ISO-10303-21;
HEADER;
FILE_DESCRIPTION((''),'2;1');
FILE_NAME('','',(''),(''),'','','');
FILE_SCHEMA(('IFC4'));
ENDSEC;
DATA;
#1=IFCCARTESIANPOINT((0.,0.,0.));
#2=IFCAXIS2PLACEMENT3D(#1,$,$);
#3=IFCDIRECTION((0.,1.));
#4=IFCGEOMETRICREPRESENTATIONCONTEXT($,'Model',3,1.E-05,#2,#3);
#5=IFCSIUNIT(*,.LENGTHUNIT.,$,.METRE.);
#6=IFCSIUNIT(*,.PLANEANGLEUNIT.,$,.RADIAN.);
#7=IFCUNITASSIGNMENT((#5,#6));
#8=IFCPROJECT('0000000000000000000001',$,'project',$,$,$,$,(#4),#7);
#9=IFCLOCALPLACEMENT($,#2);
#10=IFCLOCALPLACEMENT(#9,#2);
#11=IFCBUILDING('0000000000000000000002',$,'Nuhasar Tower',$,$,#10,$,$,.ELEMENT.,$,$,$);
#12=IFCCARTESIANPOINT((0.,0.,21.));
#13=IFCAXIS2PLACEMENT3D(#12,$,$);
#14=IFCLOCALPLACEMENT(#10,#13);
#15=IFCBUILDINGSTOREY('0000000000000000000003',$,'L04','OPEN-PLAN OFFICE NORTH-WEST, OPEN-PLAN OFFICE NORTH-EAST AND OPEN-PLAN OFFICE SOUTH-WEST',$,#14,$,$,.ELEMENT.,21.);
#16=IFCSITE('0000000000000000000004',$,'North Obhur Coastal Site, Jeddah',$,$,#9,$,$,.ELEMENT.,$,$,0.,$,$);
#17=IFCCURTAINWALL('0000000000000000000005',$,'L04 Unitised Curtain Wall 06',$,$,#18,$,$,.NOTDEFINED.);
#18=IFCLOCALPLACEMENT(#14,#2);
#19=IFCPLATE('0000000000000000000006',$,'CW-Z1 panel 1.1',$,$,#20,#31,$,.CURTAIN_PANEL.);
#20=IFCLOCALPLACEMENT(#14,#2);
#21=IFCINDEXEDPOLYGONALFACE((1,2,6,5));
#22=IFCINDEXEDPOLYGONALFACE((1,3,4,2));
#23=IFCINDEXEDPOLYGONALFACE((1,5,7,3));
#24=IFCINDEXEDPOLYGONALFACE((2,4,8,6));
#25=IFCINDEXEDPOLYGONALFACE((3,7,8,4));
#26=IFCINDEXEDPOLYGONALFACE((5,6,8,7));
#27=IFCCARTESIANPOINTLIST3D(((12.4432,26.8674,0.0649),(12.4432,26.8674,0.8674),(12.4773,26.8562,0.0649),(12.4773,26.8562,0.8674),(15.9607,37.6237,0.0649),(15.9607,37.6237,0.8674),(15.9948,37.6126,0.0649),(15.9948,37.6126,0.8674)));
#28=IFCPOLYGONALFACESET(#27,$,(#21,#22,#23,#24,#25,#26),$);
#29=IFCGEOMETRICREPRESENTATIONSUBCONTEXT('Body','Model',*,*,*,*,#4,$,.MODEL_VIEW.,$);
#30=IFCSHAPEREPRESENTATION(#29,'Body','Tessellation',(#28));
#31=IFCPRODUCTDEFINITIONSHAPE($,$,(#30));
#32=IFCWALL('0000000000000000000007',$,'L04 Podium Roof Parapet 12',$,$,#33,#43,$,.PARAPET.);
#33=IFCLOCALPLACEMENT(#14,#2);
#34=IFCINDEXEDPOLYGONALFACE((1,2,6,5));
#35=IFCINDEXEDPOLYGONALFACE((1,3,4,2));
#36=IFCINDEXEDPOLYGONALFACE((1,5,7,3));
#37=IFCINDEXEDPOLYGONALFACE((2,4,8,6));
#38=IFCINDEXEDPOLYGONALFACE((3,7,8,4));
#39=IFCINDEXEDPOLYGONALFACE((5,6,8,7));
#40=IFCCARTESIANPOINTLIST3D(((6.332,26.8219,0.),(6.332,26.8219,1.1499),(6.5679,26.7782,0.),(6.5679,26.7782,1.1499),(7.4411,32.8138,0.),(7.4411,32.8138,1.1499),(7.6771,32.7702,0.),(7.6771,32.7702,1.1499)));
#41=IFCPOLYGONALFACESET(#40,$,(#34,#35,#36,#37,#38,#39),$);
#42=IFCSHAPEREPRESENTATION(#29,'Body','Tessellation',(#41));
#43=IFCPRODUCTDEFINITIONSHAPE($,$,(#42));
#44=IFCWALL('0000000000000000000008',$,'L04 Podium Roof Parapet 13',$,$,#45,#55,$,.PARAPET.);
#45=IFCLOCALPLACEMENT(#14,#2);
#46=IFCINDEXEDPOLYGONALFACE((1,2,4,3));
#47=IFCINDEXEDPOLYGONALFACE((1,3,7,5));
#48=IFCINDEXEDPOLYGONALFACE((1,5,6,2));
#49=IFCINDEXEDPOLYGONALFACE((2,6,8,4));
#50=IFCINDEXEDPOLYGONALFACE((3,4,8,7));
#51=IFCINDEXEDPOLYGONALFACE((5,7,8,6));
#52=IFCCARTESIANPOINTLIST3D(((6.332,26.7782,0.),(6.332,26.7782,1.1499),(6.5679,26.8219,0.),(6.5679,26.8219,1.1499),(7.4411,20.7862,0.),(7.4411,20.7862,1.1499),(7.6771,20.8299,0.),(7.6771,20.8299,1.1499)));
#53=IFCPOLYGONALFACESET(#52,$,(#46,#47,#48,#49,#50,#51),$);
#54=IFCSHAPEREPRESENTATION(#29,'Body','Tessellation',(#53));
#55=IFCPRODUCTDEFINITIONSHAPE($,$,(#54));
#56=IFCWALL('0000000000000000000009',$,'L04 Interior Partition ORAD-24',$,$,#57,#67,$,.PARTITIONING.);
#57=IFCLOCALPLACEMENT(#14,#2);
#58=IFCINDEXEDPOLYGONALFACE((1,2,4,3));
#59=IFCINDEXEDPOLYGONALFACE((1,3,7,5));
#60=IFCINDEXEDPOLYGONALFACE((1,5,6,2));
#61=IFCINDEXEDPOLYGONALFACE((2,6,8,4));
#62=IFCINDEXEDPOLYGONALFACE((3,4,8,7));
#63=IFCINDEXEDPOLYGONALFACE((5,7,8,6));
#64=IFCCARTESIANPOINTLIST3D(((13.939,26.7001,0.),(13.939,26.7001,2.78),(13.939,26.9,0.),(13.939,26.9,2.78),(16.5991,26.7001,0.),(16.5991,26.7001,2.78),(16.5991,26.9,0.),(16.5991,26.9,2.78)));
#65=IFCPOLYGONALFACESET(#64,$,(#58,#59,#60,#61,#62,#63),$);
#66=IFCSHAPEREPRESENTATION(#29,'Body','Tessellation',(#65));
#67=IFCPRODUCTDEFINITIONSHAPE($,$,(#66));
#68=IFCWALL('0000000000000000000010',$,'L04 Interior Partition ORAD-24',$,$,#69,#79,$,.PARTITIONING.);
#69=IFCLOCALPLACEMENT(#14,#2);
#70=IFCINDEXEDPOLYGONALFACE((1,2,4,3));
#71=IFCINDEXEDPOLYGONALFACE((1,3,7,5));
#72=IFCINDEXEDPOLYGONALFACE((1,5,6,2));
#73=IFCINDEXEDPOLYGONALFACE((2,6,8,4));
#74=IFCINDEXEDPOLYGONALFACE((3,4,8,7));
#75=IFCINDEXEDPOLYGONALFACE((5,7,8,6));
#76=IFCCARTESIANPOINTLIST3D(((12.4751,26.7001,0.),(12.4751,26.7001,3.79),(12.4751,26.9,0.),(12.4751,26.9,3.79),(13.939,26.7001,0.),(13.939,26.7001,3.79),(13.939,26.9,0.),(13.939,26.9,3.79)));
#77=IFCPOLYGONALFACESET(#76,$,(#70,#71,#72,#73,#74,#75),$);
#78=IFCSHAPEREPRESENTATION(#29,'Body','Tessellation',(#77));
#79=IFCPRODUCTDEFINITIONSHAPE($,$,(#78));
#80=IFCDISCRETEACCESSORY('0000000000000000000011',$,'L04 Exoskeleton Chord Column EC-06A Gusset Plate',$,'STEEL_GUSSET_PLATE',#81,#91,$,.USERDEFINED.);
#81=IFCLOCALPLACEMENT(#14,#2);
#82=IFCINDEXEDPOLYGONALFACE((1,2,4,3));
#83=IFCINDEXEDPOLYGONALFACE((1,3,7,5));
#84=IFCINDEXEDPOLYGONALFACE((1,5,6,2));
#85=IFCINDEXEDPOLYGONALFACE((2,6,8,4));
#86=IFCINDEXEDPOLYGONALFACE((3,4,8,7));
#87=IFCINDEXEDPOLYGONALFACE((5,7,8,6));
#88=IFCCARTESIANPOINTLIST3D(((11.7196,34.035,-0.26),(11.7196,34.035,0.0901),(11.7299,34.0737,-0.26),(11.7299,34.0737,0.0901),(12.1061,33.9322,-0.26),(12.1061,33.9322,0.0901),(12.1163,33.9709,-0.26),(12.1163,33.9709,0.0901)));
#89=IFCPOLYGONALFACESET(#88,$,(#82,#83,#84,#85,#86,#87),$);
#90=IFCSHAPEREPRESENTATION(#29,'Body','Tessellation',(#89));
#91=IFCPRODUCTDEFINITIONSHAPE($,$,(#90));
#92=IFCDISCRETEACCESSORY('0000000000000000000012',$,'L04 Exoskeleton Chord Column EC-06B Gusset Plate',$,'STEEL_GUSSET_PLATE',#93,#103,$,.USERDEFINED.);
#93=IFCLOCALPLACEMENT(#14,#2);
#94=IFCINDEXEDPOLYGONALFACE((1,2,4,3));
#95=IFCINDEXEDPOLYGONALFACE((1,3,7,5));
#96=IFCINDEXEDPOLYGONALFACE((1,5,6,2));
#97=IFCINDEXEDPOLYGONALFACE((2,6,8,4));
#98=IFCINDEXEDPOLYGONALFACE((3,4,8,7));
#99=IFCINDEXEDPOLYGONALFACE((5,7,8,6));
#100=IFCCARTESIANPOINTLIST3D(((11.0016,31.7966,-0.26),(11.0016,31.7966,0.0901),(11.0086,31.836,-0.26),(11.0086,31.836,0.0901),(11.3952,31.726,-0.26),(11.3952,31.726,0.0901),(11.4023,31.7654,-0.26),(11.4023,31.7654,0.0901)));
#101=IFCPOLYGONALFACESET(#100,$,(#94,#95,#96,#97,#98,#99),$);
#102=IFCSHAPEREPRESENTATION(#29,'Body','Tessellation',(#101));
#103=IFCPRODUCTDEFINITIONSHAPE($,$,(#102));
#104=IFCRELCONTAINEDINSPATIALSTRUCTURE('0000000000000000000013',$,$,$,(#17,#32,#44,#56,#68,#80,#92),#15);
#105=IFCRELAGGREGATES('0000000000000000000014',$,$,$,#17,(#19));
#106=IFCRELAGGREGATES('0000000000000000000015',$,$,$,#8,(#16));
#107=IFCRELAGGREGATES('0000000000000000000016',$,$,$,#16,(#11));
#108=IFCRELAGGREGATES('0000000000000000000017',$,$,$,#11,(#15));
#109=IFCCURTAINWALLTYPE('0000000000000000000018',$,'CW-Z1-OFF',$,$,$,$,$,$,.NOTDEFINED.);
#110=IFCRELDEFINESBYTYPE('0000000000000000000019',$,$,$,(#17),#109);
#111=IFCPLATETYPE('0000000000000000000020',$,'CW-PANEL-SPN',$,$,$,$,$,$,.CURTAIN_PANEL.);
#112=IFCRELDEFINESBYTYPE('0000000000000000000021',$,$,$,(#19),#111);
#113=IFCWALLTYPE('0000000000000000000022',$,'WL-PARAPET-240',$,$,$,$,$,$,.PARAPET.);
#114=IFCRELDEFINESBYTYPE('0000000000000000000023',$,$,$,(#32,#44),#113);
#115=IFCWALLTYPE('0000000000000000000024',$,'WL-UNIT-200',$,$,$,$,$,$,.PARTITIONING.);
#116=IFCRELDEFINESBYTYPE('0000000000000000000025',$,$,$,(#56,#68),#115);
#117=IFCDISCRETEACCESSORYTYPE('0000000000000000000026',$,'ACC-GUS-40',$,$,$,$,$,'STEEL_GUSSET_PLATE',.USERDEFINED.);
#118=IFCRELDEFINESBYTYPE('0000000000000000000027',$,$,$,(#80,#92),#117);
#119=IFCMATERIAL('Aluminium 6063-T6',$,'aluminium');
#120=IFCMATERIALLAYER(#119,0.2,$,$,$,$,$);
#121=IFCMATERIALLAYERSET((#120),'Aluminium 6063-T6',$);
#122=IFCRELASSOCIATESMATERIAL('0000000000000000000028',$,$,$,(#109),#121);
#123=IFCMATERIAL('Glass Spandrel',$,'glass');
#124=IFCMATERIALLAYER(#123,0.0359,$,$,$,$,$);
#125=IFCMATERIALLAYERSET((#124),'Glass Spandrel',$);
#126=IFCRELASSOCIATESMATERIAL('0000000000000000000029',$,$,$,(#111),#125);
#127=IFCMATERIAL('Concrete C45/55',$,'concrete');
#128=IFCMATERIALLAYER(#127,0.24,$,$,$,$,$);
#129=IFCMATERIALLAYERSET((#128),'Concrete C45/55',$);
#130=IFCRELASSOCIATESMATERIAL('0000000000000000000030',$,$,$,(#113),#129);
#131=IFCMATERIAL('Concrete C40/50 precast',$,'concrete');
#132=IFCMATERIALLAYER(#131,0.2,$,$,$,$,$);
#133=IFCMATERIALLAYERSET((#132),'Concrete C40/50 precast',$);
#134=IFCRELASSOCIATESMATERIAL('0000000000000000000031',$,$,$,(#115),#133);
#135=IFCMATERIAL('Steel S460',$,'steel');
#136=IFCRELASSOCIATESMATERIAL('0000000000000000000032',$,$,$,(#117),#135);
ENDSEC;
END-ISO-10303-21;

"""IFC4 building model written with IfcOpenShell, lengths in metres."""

from ifc_helpers import new_model, si_unit, direction, frame, frame_2d, origin, origin_2d, place, context, subcontext, project, spatial, rectangle, extrude, material, layer, layer_set, type_object, element, aggregate, save


model = new_model("IFC4")

# Units and contexts
model_context = context("Model", 3, precision=1e-05, world=origin(), true_north=direction((0.0, 1.0)))
body_context = subcontext(model_context, "Body", "Model", "MODEL_VIEW")
ifc_project = project(units=[si_unit("LENGTHUNIT", "METRE"), si_unit("PLANEANGLEUNIT", "RADIAN")], contexts=[model_context])

# Site, building, storey
site_placement = place(None, origin())
site = spatial("IfcSite", under=ifc_project, at=site_placement, Name="North Obhur Coastal Site, Jeddah", CompositionType="ELEMENT", RefElevation=0.0)
building_placement = place(site_placement, origin())
building = spatial("IfcBuilding", under=site, at=building_placement, Name="Nuhasar Tower", CompositionType="ELEMENT")
storey_placement = place(building_placement, frame((0.0, 0.0, 21.0)))
storey = spatial("IfcBuildingStorey", under=building, at=storey_placement, Name="L04", Description="OPEN-PLAN OFFICE NORTH-WEST, OPEN-PLAN OFFICE NORTH-EAST AND OPEN-PLAN OFFICE SOUTH-WEST", CompositionType="ELEMENT", Elevation=21.0)

# Shared definitions
ifc_material_1 = material(Name="Steel S460", Category="steel")

# Curtain wall
ifc_material_2 = material(Name="Aluminium 6063-T6", Category="aluminium")
ifc_layer_1 = layer(ifc_material_2, 0.2)
ifc_layer_set_1 = layer_set([ifc_layer_1], Name="Aluminium 6063-T6")
curtain_wall_type = type_object("IfcCurtainWallType", Name="CW-Z1-OFF", PredefinedType="NOTDEFINED", material=ifc_layer_set_1)
curtain_wall_1_placement = place(storey_placement, origin())
curtain_wall_1 = element("IfcCurtainWall", 1, at=curtain_wall_1_placement, inside=storey, type_object=curtain_wall_type, Name="L04 Unitised Curtain Wall 06", PredefinedType="NOTDEFINED")

# Plate
ifc_material_3 = material(Name="Glass Spandrel", Category="glass")
ifc_layer_2 = layer(ifc_material_3, 0.0359)
ifc_layer_set_2 = layer_set([ifc_layer_2], Name="Glass Spandrel")
plate_type_1 = type_object("IfcPlateType", Name="CW-PANEL-SPN", PredefinedType="CURTAIN_PANEL", material=ifc_layer_set_2)
plate_1_placement = place(storey_placement, frame((14.219, 32.24, 0.0649), z_axis=(0.0, 0.0, 1.0), x_axis=(-0.310824, -0.950468, 0.0)))
plate_1 = element("IfcPlate", 2, at=plate_1_placement, type_object=plate_type_1, Name="CW-Z1 panel 1.1", PredefinedType="CURTAIN_PANEL", context=body_context, shape_type="SweptSolid", body=[
    extrude(rectangle(XDim=11.3169, YDim=0.0359, at=origin_2d()), origin(), (0.0, 0.0, 1.0), 0.8025),
])
aggregate(curtain_wall_1, [plate_1])

# Walls
ifc_material_4 = material(Name="Concrete C45/55", Category="concrete")
ifc_layer_3 = layer(ifc_material_4, 0.24)
ifc_layer_set_3 = layer_set([ifc_layer_3], Name="Concrete C45/55")
wall_type_1 = type_object("IfcWallType", Name="WL-PARAPET-240", PredefinedType="PARAPET", material=ifc_layer_set_3)
for number, where, z_axis, x_axis, name in (
    (3, (7.5591, 32.792, 0.0), (0.0, 0.0, 1.0), (-0.182012, -0.983296, 0.0), "L04 Podium Roof Parapet 12"),
    (4, (6.45, 26.8, 0.0), (0.0, 0.0, 1.0), (0.182012, -0.983296, 0.0), "L04 Podium Roof Parapet 13"),
):
    element("IfcWall", number, at=place(storey_placement, frame(where, z_axis=z_axis, x_axis=x_axis)), inside=storey, type_object=wall_type_1, Name=name, PredefinedType="PARAPET", context=body_context, shape_type="SweptSolid", body=[
        extrude(rectangle(XDim=6.0938, YDim=0.24, at=frame_2d((3.0469, 0.0))), origin(), (0.0, 0.0, 1.0), 1.1499),
    ])
ifc_material_5 = material(Name="Concrete C40/50 precast", Category="concrete")
ifc_layer_4 = layer(ifc_material_5, 0.2)
ifc_layer_set_4 = layer_set([ifc_layer_4], Name="Concrete C40/50 precast")
wall_type_2 = type_object("IfcWallType", Name="WL-UNIT-200", PredefinedType="PARTITIONING", material=ifc_layer_set_4)
wall_1_placement = place(storey_placement, frame((16.5991, 26.8, 0.0), z_axis=(0.0, 0.0, 1.0), x_axis=(-1.0, 0.0, 0.0)))
element("IfcWall", 5, at=wall_1_placement, inside=storey, type_object=wall_type_2, Name="L04 Interior Partition ORAD-24", PredefinedType="PARTITIONING", context=body_context, shape_type="SweptSolid", body=[
    extrude(rectangle(XDim=2.6602, YDim=0.2, at=frame_2d((1.3301, 0.0))), origin(), (0.0, 0.0, 1.0), 2.78),
])
wall_2_placement = place(storey_placement, frame((13.939, 26.8, 0.0), z_axis=(0.0, 0.0, 1.0), x_axis=(-1.0, 0.0, 0.0)))
element("IfcWall", 6, at=wall_2_placement, inside=storey, type_object=wall_type_2, Name="L04 Interior Partition ORAD-24", PredefinedType="PARTITIONING", context=body_context, shape_type="SweptSolid", body=[
    extrude(rectangle(XDim=1.4639, YDim=0.2, at=frame_2d((0.7319, 0.0))), origin(), (0.0, 0.0, 1.0), 3.79),
])

# Discrete accessories
discrete_accessory_type = type_object("IfcDiscreteAccessoryType", Name="ACC-GUS-40", ElementType="STEEL_GUSSET_PLATE", PredefinedType="USERDEFINED", material=ifc_material_1)
for number, where, z_axis, x_axis, name in (
    (7, (11.918, 34.0029, -0.26), (0.0, 0.0, 1.0), (-0.966403, 0.257032, 0.0), "L04 Exoskeleton Chord Column EC-06A Gusset Plate"),
    (8, (11.2019, 31.781, -0.26), (0.0, 0.0, 1.0), (-0.984322, 0.17638, 0.0), "L04 Exoskeleton Chord Column EC-06B Gusset Plate"),
):
    element("IfcDiscreteAccessory", number, at=place(storey_placement, frame(where, z_axis=z_axis, x_axis=x_axis)), inside=storey, type_object=discrete_accessory_type, Name=name, ObjectType="STEEL_GUSSET_PLATE", PredefinedType="USERDEFINED", context=body_context, shape_type="SweptSolid", body=[
        extrude(rectangle(XDim=0.3999, YDim=0.04, at=origin_2d()), origin(), (0.0, 0.0, 1.0), 0.3501),
    ])

save(model, "model.ifc")
